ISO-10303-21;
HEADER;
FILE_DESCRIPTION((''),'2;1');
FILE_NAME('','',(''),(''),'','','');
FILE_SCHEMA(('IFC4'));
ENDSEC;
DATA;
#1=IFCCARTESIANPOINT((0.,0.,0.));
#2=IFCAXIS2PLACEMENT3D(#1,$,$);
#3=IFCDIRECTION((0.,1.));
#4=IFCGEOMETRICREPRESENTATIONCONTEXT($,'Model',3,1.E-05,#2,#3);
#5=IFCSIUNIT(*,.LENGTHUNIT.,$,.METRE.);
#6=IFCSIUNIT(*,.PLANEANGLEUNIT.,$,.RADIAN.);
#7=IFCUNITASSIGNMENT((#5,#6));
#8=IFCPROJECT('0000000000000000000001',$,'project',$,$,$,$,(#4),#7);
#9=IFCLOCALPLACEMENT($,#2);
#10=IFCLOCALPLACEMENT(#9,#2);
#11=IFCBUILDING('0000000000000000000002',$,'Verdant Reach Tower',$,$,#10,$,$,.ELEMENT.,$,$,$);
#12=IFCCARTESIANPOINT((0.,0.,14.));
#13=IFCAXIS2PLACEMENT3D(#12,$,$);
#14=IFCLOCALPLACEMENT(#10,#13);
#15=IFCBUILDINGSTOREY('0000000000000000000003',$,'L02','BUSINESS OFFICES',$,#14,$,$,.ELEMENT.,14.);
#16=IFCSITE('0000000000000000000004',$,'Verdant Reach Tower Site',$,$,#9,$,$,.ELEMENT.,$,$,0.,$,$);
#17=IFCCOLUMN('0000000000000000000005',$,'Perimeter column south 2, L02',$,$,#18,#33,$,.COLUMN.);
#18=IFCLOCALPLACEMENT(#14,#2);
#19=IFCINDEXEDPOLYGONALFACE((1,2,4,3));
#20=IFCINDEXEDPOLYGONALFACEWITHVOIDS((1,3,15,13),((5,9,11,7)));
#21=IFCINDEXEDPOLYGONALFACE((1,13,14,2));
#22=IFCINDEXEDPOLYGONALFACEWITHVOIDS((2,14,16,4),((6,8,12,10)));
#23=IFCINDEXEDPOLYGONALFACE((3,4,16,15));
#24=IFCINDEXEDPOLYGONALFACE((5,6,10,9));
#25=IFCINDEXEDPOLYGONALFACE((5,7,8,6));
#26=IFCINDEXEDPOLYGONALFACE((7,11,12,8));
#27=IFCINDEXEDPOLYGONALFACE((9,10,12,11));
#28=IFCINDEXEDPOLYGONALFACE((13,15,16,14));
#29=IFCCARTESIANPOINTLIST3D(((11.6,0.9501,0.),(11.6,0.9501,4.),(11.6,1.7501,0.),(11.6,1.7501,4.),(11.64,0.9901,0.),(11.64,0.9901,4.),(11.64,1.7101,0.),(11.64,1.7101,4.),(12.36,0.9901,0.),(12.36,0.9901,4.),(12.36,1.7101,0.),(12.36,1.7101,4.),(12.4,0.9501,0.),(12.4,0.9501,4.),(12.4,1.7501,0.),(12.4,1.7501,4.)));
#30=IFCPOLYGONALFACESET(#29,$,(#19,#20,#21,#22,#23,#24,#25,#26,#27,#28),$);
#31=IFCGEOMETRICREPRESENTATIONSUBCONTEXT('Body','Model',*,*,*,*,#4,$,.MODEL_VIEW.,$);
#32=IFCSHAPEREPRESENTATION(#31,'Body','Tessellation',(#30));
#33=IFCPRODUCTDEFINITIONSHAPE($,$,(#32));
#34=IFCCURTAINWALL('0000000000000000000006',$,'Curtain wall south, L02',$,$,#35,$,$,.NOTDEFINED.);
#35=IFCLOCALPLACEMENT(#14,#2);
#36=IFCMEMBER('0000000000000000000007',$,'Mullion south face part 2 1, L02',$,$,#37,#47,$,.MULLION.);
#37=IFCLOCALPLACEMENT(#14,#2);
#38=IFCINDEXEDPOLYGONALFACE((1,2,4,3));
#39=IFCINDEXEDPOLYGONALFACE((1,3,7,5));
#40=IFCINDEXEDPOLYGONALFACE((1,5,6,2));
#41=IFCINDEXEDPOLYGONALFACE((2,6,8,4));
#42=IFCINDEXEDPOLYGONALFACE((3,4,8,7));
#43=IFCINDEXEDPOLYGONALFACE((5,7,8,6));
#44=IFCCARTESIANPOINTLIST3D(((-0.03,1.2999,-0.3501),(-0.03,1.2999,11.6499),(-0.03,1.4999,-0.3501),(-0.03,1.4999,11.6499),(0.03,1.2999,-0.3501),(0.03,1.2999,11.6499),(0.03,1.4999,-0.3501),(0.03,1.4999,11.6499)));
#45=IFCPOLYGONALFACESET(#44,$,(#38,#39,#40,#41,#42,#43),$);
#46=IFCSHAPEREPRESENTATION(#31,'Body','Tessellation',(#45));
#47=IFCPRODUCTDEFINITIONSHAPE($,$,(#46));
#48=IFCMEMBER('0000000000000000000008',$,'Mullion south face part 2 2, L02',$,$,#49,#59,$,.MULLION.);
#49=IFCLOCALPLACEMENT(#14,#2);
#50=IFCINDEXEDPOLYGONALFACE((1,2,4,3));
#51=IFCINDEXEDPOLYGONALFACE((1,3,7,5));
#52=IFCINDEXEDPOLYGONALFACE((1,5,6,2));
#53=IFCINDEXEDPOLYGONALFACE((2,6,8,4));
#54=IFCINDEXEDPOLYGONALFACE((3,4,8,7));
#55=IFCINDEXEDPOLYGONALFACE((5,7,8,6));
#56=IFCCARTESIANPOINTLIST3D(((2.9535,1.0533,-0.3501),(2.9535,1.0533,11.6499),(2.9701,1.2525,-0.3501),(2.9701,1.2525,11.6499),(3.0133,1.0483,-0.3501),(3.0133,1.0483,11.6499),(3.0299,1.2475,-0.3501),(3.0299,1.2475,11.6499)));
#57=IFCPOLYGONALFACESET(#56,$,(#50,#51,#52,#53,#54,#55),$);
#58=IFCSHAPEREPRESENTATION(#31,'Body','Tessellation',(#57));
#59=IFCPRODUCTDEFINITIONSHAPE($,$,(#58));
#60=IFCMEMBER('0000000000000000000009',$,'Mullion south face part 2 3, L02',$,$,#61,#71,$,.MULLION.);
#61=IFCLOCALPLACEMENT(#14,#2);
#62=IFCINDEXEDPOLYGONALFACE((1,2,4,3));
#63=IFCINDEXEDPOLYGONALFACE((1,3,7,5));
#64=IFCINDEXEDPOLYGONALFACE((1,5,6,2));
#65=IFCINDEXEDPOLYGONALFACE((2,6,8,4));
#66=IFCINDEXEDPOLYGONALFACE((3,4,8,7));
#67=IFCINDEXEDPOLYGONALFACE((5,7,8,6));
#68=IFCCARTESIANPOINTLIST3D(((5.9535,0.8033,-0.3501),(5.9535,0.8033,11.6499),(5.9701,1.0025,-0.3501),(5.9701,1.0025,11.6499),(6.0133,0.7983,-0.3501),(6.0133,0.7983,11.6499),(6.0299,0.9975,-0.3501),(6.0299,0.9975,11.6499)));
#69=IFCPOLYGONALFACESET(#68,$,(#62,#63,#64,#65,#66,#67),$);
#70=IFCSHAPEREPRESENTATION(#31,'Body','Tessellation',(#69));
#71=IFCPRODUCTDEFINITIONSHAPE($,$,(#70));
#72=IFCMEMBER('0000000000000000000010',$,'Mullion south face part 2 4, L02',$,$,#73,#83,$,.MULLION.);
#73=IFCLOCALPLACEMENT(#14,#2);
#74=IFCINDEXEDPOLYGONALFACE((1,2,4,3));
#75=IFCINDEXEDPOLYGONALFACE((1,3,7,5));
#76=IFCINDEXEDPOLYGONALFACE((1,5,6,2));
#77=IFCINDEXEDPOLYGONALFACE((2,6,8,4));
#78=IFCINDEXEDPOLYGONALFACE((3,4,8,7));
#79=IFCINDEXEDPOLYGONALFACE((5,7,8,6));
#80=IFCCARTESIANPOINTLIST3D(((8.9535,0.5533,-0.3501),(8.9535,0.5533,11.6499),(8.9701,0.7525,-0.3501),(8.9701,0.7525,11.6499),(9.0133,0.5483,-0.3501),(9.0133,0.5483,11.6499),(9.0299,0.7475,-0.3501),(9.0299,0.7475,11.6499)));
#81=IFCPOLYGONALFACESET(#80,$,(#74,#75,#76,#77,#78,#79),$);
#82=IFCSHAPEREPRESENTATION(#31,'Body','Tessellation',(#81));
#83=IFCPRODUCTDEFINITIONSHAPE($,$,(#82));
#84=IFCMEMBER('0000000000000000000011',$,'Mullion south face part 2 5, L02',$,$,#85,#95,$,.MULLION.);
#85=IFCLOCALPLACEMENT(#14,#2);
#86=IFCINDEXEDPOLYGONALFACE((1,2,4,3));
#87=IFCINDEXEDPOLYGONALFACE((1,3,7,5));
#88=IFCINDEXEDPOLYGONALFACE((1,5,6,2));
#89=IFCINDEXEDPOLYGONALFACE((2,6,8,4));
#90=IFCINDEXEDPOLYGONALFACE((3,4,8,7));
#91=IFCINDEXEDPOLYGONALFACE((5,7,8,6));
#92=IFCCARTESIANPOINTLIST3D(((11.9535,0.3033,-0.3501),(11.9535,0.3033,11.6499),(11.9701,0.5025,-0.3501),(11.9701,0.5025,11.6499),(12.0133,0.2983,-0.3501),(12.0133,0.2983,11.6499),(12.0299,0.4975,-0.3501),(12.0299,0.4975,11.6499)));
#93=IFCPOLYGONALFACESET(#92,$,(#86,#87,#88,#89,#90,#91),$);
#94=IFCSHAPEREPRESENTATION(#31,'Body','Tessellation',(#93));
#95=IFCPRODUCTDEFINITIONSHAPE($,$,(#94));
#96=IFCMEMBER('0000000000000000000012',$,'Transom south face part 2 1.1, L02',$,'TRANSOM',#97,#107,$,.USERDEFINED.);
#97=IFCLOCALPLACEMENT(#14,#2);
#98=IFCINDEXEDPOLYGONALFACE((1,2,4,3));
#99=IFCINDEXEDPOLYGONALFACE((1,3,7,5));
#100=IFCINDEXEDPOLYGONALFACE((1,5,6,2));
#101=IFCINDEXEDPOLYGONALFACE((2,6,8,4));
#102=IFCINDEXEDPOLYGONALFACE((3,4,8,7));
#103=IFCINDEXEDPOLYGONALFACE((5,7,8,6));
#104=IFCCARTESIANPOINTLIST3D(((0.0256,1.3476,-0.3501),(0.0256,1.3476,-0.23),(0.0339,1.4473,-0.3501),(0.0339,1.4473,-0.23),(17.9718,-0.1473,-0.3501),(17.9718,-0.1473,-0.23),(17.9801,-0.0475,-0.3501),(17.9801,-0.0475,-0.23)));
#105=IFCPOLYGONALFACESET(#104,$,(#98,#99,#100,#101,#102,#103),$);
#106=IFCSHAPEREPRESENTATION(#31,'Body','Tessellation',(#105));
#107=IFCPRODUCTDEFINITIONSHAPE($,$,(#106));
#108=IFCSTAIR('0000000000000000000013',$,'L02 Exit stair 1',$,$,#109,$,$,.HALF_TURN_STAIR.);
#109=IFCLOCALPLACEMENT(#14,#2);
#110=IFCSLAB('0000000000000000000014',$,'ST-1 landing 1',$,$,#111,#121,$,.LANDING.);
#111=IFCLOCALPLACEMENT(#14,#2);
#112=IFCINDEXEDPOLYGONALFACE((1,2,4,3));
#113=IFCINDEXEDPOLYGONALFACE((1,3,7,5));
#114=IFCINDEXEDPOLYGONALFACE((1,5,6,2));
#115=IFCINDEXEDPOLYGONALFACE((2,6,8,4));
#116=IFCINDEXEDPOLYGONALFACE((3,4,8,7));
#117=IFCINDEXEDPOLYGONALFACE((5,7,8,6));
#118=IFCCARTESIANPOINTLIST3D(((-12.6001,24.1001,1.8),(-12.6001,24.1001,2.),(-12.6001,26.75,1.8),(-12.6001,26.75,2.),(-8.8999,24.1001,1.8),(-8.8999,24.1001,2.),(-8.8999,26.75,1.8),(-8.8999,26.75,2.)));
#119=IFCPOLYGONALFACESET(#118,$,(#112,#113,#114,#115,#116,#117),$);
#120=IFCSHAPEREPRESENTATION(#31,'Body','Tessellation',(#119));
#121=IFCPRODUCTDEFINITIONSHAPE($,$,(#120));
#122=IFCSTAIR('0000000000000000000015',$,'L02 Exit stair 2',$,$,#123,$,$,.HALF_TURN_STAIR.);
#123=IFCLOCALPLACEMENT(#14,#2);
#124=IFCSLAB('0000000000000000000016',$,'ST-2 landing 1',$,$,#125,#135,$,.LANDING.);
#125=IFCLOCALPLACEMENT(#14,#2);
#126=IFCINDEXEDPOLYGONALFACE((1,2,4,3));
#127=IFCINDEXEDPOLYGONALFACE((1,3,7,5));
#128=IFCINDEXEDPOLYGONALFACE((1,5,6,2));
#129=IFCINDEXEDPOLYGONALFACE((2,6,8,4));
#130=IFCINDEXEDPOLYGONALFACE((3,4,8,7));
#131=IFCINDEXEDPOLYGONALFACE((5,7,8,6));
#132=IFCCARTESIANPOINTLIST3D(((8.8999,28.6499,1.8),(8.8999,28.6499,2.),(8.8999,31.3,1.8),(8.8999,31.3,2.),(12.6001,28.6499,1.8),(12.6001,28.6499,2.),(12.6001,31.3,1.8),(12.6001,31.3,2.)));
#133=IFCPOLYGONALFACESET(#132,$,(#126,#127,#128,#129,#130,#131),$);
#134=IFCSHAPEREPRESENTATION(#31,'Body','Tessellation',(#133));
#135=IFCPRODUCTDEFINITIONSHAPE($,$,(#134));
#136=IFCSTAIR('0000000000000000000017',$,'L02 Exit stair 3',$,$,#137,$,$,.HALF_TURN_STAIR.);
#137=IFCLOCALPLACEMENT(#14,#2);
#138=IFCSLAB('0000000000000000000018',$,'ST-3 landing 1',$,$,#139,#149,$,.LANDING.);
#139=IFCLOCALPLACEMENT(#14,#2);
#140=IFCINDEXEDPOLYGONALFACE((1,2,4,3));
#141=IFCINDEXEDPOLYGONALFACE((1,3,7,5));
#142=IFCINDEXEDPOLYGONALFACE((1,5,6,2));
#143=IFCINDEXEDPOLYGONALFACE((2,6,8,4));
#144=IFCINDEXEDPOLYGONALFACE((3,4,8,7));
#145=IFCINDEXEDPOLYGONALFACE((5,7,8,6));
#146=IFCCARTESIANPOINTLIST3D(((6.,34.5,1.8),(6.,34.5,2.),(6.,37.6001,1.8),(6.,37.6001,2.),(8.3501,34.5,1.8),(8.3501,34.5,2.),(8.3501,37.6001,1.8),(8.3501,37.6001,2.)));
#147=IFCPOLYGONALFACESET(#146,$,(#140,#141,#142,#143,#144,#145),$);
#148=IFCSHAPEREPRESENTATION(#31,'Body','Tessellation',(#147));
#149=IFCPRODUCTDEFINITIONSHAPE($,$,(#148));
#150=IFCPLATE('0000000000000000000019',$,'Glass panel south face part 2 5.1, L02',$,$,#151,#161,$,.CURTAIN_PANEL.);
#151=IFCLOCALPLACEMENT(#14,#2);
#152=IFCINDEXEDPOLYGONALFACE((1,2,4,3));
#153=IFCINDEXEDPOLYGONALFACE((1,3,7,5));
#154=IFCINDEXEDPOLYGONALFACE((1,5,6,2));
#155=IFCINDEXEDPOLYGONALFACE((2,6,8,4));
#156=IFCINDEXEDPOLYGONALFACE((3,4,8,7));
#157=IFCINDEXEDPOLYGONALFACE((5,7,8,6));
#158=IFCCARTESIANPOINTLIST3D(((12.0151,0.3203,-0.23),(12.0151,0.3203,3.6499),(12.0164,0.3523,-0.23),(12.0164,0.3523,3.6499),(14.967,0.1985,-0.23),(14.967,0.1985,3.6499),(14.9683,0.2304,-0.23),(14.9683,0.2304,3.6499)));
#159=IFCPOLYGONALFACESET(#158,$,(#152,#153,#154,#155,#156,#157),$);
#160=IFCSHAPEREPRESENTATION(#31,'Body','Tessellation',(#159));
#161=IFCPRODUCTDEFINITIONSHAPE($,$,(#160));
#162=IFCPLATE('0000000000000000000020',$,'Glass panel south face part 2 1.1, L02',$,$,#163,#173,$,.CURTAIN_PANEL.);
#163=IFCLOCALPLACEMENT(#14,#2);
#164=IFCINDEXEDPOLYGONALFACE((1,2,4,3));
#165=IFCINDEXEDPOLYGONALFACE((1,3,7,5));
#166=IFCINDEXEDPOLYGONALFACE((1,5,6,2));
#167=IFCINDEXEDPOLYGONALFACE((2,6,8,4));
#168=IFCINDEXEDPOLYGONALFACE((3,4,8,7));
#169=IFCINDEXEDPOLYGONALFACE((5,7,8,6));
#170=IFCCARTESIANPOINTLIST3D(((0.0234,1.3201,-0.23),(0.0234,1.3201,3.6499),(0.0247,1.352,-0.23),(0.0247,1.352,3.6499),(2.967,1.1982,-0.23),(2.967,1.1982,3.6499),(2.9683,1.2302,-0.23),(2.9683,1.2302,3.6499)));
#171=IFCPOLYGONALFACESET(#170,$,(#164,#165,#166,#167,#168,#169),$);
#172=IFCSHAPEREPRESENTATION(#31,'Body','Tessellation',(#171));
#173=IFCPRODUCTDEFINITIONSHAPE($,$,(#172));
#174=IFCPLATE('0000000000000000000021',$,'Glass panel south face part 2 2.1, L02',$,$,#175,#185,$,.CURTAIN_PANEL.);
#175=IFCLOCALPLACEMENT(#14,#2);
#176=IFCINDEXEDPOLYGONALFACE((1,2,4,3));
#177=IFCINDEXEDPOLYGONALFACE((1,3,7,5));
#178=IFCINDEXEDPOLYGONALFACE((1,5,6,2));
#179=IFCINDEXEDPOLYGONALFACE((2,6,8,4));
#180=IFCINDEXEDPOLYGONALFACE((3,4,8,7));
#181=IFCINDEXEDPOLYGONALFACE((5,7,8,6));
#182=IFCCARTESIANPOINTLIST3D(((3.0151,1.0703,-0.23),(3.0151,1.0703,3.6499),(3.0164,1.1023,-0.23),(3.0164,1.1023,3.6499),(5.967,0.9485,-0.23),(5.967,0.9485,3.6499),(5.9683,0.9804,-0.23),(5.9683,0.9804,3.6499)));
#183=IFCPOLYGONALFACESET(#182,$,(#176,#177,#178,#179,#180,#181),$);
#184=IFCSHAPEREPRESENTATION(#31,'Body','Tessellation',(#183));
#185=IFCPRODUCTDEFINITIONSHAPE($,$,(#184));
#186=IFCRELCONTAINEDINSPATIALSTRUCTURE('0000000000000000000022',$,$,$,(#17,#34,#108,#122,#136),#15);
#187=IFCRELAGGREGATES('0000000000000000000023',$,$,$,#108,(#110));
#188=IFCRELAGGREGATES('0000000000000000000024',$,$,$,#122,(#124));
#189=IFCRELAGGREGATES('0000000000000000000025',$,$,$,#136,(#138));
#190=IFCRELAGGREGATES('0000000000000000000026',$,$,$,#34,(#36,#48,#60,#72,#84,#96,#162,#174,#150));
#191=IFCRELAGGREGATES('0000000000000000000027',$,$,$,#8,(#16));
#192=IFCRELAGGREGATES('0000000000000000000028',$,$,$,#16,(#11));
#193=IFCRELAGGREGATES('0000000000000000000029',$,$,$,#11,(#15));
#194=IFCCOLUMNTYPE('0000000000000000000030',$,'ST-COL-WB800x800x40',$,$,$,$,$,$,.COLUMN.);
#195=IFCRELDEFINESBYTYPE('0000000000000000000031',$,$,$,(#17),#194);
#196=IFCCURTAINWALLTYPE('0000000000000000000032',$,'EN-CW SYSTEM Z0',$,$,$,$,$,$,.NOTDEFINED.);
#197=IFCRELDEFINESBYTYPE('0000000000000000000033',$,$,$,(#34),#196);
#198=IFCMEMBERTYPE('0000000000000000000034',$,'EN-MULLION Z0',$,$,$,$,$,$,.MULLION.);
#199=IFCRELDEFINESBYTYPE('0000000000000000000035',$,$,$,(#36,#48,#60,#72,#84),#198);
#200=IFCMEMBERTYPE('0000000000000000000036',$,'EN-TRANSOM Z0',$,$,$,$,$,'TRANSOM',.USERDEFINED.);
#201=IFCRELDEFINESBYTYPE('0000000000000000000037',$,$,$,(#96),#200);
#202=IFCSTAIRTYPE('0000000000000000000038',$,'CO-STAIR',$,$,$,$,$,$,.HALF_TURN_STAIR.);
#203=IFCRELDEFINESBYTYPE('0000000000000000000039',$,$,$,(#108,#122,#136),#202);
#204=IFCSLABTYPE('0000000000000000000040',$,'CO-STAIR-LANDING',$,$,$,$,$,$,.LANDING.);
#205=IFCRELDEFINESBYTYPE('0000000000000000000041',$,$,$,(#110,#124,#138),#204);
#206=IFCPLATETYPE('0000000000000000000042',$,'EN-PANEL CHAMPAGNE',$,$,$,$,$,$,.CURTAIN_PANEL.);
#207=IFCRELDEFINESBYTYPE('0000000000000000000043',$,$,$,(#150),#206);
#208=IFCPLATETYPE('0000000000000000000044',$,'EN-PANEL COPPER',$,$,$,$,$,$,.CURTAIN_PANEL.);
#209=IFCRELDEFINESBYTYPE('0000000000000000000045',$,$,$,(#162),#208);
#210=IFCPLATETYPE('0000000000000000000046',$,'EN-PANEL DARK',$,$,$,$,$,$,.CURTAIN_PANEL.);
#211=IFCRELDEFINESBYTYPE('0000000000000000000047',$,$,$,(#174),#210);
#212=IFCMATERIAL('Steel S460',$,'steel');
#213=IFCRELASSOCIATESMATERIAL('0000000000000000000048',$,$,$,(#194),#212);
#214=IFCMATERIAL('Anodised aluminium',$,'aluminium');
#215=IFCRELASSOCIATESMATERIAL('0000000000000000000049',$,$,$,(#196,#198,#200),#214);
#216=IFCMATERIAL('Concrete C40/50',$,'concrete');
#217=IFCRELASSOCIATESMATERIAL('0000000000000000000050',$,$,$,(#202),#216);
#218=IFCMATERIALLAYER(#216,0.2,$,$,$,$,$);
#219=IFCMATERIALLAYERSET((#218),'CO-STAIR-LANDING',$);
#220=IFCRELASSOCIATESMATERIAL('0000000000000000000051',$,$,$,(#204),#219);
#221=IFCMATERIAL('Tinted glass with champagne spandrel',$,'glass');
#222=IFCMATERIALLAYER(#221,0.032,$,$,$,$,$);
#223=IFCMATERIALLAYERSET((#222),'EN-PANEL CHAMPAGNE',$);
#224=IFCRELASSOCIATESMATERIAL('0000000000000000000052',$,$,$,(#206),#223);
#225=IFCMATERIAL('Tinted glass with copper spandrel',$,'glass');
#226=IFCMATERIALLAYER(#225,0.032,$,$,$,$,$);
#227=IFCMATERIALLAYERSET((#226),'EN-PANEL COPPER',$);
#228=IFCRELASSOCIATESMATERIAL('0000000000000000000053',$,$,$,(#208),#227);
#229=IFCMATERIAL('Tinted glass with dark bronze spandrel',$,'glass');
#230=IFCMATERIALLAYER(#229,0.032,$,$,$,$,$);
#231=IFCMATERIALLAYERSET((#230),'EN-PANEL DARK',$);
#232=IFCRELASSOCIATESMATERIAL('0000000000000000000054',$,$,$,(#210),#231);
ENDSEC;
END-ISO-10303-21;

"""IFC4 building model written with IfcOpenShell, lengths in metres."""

from ifc_helpers import new_model, si_unit, direction, frame, origin, origin_2d, place, context, subcontext, project, spatial, polyline, rectangle, hollow_rectangle, outline, extrude, material, layer, layer_set, material_profile, profile_set, type_object, element, aggregate, save


model = new_model("IFC4")

# Units and contexts
model_context = context("Model", 3, precision=1e-05, world=origin(), true_north=direction((0.0, 1.0)))
body_context = subcontext(model_context, "Body", "Model", "MODEL_VIEW")
ifc_project = project(units=[si_unit("LENGTHUNIT", "METRE"), si_unit("PLANEANGLEUNIT", "RADIAN")], contexts=[model_context])

# Site, building, storey
site_placement = place(None, origin())
site = spatial("IfcSite", under=ifc_project, at=site_placement, Name="Verdant Reach Tower Site", CompositionType="ELEMENT", RefElevation=0.0)
building_placement = place(site_placement, origin())
building = spatial("IfcBuilding", under=site, at=building_placement, Name="Verdant Reach Tower", CompositionType="ELEMENT")
storey_placement = place(building_placement, frame((0.0, 0.0, 14.0)))
storey = spatial("IfcBuildingStorey", under=building, at=storey_placement, Name="L02", Description="BUSINESS OFFICES", CompositionType="ELEMENT", Elevation=14.0)

# Column
ifc_material_1 = material(Name="Steel S460", Category="steel")
ifc_material_profile_1 = material_profile(ifc_material_1, hollow_rectangle(XDim=0.8, YDim=0.8, WallThickness=0.04, at=origin_2d()), Name="WB 800x800x40")
ifc_profile_set_1 = profile_set([ifc_material_profile_1], Name="Steel S460")
column_type = type_object("IfcColumnType", Name="ST-COL-WB800x800x40", PredefinedType="COLUMN", material=ifc_profile_set_1)
column_placement = place(storey_placement, frame((12.0, 1.3501, 0.0), z_axis=(0.0, 0.0, 1.0), x_axis=(1.0, 0.0, 0.0)))
element("IfcColumn", 1, at=column_placement, inside=storey, type_object=column_type, Name="Perimeter column south 2, L02", PredefinedType="COLUMN", context=body_context, shape_type="SweptSolid", body=[
    extrude(hollow_rectangle(XDim=0.8, YDim=0.8, WallThickness=0.04, at=origin_2d()), origin(), (0.0, 0.0, 1.0), 4.0),
])

# Curtain wall, members
ifc_material_2 = material(Name="Anodised aluminium", Category="aluminium")
curtain_wall_type = type_object("IfcCurtainWallType", Name="EN-CW SYSTEM Z0", PredefinedType="NOTDEFINED", material=ifc_material_2)
curtain_wall_placement = place(storey_placement, origin())
curtain_wall = element("IfcCurtainWall", 2, at=curtain_wall_placement, inside=storey, type_object=curtain_wall_type, Name="Curtain wall south, L02", PredefinedType="NOTDEFINED")
ifc_material_profile_2 = material_profile(ifc_material_2, rectangle(XDim=0.2, YDim=0.0601, at=origin_2d()), Name="Mullion 60x200")
ifc_profile_set_2 = profile_set([ifc_material_profile_2], Name="Anodised aluminium")
member_type_1 = type_object("IfcMemberType", Name="EN-MULLION Z0", PredefinedType="MULLION", material=ifc_profile_set_2)
member_1_placement = place(storey_placement, frame((0.0, 1.3999, -0.3501), z_axis=(0.0, 0.0, 1.0), x_axis=(0.0, -1.0, 0.0)))
member_1 = element("IfcMember", 3, at=member_1_placement, type_object=member_type_1, Name="Mullion south face part 2 1, L02", PredefinedType="MULLION", context=body_context, shape_type="SweptSolid", body=[
    extrude(rectangle(XDim=0.2, YDim=0.0601, at=origin_2d()), origin(), (0.0, 0.0, 1.0), 12.0),
])
member_2_placement = place(storey_placement, frame((2.9917, 1.1504, -0.3501), z_axis=(0.0, 0.0, 1.0), x_axis=(-0.083045, -0.996546, 0.0)))
member_2 = element("IfcMember", 4, at=member_2_placement, type_object=member_type_1, Name="Mullion south face part 2 2, L02", PredefinedType="MULLION", context=body_context, shape_type="SweptSolid", body=[
    extrude(rectangle(XDim=0.2, YDim=0.0601, at=origin_2d()), origin(), (0.0, 0.0, 1.0), 12.0),
])
member_3_placement = place(storey_placement, frame((5.9917, 0.9004, -0.3501), z_axis=(0.0, 0.0, 1.0), x_axis=(-0.083045, -0.996546, 0.0)))
member_3 = element("IfcMember", 5, at=member_3_placement, type_object=member_type_1, Name="Mullion south face part 2 3, L02", PredefinedType="MULLION", context=body_context, shape_type="SweptSolid", body=[
    extrude(rectangle(XDim=0.2, YDim=0.0601, at=origin_2d()), origin(), (0.0, 0.0, 1.0), 12.0),
])
member_4_placement = place(storey_placement, frame((8.9917, 0.6504, -0.3501), z_axis=(0.0, 0.0, 1.0), x_axis=(-0.083045, -0.996546, 0.0)))
member_4 = element("IfcMember", 6, at=member_4_placement, type_object=member_type_1, Name="Mullion south face part 2 4, L02", PredefinedType="MULLION", context=body_context, shape_type="SweptSolid", body=[
    extrude(rectangle(XDim=0.2, YDim=0.0601, at=origin_2d()), origin(), (0.0, 0.0, 1.0), 12.0),
])
member_5_placement = place(storey_placement, frame((11.9917, 0.4004, -0.3501), z_axis=(0.0, 0.0, 1.0), x_axis=(-0.083045, -0.996546, 0.0)))
member_5 = element("IfcMember", 7, at=member_5_placement, type_object=member_type_1, Name="Mullion south face part 2 5, L02", PredefinedType="MULLION", context=body_context, shape_type="SweptSolid", body=[
    extrude(rectangle(XDim=0.2, YDim=0.0601, at=origin_2d()), origin(), (0.0, 0.0, 1.0), 12.0),
])
ifc_material_profile_3 = material_profile(ifc_material_2, rectangle(XDim=0.1001, YDim=0.1201, at=origin_2d()), Name="Transom 120x100")
ifc_profile_set_3 = profile_set([ifc_material_profile_3], Name="Anodised aluminium")
member_type_2 = type_object("IfcMemberType", Name="EN-TRANSOM Z0", ElementType="TRANSOM", PredefinedType="USERDEFINED", material=ifc_profile_set_3)
member_6_placement = place(storey_placement, frame((0.0298, 1.3975, -0.29), z_axis=(0.996549, -0.083011, 0.0), x_axis=(0.083011, 0.996549, 0.0)))
member_6 = element("IfcMember", 8, at=member_6_placement, type_object=member_type_2, Name="Transom south face part 2 1.1, L02", ObjectType="TRANSOM", PredefinedType="USERDEFINED", context=body_context, shape_type="SweptSolid", body=[
    extrude(rectangle(XDim=0.1001, YDim=0.1201, at=origin_2d()), origin(), (0.0, 0.0, 1.0), 18.0083),
])

# Stairs, slabs
ifc_material_3 = material(Name="Concrete C40/50", Category="concrete")
stair_type = type_object("IfcStairType", Name="CO-STAIR", PredefinedType="HALF_TURN_STAIR", material=ifc_material_3)
stair_1_placement = place(storey_placement, origin())
stair_1 = element("IfcStair", 9, at=stair_1_placement, inside=storey, type_object=stair_type, Name="L02 Exit stair 1", PredefinedType="HALF_TURN_STAIR")
ifc_layer_1 = layer(ifc_material_3, 0.2)
ifc_layer_set_1 = layer_set([ifc_layer_1], Name="CO-STAIR-LANDING")
slab_type = type_object("IfcSlabType", Name="CO-STAIR-LANDING", PredefinedType="LANDING", material=ifc_layer_set_1)
slab_1_placement = place(storey_placement, frame((0.0, 0.0, 1.8)))
slab_1 = element("IfcSlab", 10, at=slab_1_placement, type_object=slab_type, Name="ST-1 landing 1", PredefinedType="LANDING", context=body_context, shape_type="SweptSolid", body=[
    extrude(outline(polyline([(-12.6001, 26.75), (-12.6001, 24.1001), (-8.8999, 24.1001), (-8.8999, 26.75), (-12.6001, 26.75)])), origin(), (0.0, 0.0, 1.0), 0.2),
])
aggregate(stair_1, [slab_1])
stair_2_placement = place(storey_placement, origin())
stair_2 = element("IfcStair", 11, at=stair_2_placement, inside=storey, type_object=stair_type, Name="L02 Exit stair 2", PredefinedType="HALF_TURN_STAIR")
slab_2_placement = place(storey_placement, frame((0.0, 0.0, 1.8)))
slab_2 = element("IfcSlab", 12, at=slab_2_placement, type_object=slab_type, Name="ST-2 landing 1", PredefinedType="LANDING", context=body_context, shape_type="SweptSolid", body=[
    extrude(outline(polyline([(12.6001, 28.6499), (12.6001, 31.3), (8.8999, 31.3), (8.8999, 28.6499), (12.6001, 28.6499)])), origin(), (0.0, 0.0, 1.0), 0.2),
])
aggregate(stair_2, [slab_2])
stair_3_placement = place(storey_placement, origin())
stair_3 = element("IfcStair", 13, at=stair_3_placement, inside=storey, type_object=stair_type, Name="L02 Exit stair 3", PredefinedType="HALF_TURN_STAIR")
slab_3_placement = place(storey_placement, frame((0.0, 0.0, 1.8)))
slab_3 = element("IfcSlab", 14, at=slab_3_placement, type_object=slab_type, Name="ST-3 landing 1", PredefinedType="LANDING", context=body_context, shape_type="SweptSolid", body=[
    extrude(outline(polyline([(8.3501, 37.6001), (6.0, 37.6001), (6.0, 34.5), (8.3501, 34.5), (8.3501, 37.6001)])), origin(), (0.0, 0.0, 1.0), 0.2),
])
aggregate(stair_3, [slab_3])

# Plates
ifc_material_4 = material(Name="Tinted glass with champagne spandrel", Category="glass")
ifc_layer_2 = layer(ifc_material_4, 0.032)
ifc_layer_set_2 = layer_set([ifc_layer_2], Name="EN-PANEL CHAMPAGNE")
plate_type_1 = type_object("IfcPlateType", Name="EN-PANEL CHAMPAGNE", PredefinedType="CURTAIN_PANEL", material=ifc_layer_set_2)
plate_1_placement = place(storey_placement, frame((13.4917, 0.2754, -0.23), z_axis=(0.0, 0.0, 1.0), x_axis=(0.999149, -0.041242, 0.0)))
plate_1 = element("IfcPlate", 15, at=plate_1_placement, type_object=plate_type_1, Name="Glass panel south face part 2 5.1, L02", PredefinedType="CURTAIN_PANEL", context=body_context, shape_type="SweptSolid", body=[
    extrude(rectangle(XDim=2.9543, YDim=0.032, at=origin_2d()), origin(), (0.0, 0.0, 1.0), 3.8799),
])
ifc_material_5 = material(Name="Tinted glass with copper spandrel", Category="glass")
ifc_layer_3 = layer(ifc_material_5, 0.032)
ifc_layer_set_3 = layer_set([ifc_layer_3], Name="EN-PANEL COPPER")
plate_type_2 = type_object("IfcPlateType", Name="EN-PANEL COPPER", PredefinedType="CURTAIN_PANEL", material=ifc_layer_set_3)
plate_2_placement = place(storey_placement, frame((1.4958, 1.2751, -0.23), z_axis=(0.0, 0.0, 1.0), x_axis=(0.999144, -0.041357, 0.0)))
plate_2 = element("IfcPlate", 16, at=plate_2_placement, type_object=plate_type_2, Name="Glass panel south face part 2 1.1, L02", PredefinedType="CURTAIN_PANEL", context=body_context, shape_type="SweptSolid", body=[
    extrude(rectangle(XDim=2.946, YDim=0.032, at=origin_2d()), origin(), (0.0, 0.0, 1.0), 3.8799),
])
ifc_material_6 = material(Name="Tinted glass with dark bronze spandrel", Category="glass")
ifc_layer_4 = layer(ifc_material_6, 0.032)
ifc_layer_set_4 = layer_set([ifc_layer_4], Name="EN-PANEL DARK")
plate_type_3 = type_object("IfcPlateType", Name="EN-PANEL DARK", PredefinedType="CURTAIN_PANEL", material=ifc_layer_set_4)
plate_3_placement = place(storey_placement, frame((4.4917, 1.0254, -0.23), z_axis=(0.0, 0.0, 1.0), x_axis=(0.999149, -0.041242, 0.0)))
plate_3 = element("IfcPlate", 17, at=plate_3_placement, type_object=plate_type_3, Name="Glass panel south face part 2 2.1, L02", PredefinedType="CURTAIN_PANEL", context=body_context, shape_type="SweptSolid", body=[
    extrude(rectangle(XDim=2.9543, YDim=0.032, at=origin_2d()), origin(), (0.0, 0.0, 1.0), 3.8799),
])
aggregate(curtain_wall, [member_1, member_2, member_3, member_4, member_5, member_6, plate_2, plate_3, plate_1])

save(model, "model.ifc")
